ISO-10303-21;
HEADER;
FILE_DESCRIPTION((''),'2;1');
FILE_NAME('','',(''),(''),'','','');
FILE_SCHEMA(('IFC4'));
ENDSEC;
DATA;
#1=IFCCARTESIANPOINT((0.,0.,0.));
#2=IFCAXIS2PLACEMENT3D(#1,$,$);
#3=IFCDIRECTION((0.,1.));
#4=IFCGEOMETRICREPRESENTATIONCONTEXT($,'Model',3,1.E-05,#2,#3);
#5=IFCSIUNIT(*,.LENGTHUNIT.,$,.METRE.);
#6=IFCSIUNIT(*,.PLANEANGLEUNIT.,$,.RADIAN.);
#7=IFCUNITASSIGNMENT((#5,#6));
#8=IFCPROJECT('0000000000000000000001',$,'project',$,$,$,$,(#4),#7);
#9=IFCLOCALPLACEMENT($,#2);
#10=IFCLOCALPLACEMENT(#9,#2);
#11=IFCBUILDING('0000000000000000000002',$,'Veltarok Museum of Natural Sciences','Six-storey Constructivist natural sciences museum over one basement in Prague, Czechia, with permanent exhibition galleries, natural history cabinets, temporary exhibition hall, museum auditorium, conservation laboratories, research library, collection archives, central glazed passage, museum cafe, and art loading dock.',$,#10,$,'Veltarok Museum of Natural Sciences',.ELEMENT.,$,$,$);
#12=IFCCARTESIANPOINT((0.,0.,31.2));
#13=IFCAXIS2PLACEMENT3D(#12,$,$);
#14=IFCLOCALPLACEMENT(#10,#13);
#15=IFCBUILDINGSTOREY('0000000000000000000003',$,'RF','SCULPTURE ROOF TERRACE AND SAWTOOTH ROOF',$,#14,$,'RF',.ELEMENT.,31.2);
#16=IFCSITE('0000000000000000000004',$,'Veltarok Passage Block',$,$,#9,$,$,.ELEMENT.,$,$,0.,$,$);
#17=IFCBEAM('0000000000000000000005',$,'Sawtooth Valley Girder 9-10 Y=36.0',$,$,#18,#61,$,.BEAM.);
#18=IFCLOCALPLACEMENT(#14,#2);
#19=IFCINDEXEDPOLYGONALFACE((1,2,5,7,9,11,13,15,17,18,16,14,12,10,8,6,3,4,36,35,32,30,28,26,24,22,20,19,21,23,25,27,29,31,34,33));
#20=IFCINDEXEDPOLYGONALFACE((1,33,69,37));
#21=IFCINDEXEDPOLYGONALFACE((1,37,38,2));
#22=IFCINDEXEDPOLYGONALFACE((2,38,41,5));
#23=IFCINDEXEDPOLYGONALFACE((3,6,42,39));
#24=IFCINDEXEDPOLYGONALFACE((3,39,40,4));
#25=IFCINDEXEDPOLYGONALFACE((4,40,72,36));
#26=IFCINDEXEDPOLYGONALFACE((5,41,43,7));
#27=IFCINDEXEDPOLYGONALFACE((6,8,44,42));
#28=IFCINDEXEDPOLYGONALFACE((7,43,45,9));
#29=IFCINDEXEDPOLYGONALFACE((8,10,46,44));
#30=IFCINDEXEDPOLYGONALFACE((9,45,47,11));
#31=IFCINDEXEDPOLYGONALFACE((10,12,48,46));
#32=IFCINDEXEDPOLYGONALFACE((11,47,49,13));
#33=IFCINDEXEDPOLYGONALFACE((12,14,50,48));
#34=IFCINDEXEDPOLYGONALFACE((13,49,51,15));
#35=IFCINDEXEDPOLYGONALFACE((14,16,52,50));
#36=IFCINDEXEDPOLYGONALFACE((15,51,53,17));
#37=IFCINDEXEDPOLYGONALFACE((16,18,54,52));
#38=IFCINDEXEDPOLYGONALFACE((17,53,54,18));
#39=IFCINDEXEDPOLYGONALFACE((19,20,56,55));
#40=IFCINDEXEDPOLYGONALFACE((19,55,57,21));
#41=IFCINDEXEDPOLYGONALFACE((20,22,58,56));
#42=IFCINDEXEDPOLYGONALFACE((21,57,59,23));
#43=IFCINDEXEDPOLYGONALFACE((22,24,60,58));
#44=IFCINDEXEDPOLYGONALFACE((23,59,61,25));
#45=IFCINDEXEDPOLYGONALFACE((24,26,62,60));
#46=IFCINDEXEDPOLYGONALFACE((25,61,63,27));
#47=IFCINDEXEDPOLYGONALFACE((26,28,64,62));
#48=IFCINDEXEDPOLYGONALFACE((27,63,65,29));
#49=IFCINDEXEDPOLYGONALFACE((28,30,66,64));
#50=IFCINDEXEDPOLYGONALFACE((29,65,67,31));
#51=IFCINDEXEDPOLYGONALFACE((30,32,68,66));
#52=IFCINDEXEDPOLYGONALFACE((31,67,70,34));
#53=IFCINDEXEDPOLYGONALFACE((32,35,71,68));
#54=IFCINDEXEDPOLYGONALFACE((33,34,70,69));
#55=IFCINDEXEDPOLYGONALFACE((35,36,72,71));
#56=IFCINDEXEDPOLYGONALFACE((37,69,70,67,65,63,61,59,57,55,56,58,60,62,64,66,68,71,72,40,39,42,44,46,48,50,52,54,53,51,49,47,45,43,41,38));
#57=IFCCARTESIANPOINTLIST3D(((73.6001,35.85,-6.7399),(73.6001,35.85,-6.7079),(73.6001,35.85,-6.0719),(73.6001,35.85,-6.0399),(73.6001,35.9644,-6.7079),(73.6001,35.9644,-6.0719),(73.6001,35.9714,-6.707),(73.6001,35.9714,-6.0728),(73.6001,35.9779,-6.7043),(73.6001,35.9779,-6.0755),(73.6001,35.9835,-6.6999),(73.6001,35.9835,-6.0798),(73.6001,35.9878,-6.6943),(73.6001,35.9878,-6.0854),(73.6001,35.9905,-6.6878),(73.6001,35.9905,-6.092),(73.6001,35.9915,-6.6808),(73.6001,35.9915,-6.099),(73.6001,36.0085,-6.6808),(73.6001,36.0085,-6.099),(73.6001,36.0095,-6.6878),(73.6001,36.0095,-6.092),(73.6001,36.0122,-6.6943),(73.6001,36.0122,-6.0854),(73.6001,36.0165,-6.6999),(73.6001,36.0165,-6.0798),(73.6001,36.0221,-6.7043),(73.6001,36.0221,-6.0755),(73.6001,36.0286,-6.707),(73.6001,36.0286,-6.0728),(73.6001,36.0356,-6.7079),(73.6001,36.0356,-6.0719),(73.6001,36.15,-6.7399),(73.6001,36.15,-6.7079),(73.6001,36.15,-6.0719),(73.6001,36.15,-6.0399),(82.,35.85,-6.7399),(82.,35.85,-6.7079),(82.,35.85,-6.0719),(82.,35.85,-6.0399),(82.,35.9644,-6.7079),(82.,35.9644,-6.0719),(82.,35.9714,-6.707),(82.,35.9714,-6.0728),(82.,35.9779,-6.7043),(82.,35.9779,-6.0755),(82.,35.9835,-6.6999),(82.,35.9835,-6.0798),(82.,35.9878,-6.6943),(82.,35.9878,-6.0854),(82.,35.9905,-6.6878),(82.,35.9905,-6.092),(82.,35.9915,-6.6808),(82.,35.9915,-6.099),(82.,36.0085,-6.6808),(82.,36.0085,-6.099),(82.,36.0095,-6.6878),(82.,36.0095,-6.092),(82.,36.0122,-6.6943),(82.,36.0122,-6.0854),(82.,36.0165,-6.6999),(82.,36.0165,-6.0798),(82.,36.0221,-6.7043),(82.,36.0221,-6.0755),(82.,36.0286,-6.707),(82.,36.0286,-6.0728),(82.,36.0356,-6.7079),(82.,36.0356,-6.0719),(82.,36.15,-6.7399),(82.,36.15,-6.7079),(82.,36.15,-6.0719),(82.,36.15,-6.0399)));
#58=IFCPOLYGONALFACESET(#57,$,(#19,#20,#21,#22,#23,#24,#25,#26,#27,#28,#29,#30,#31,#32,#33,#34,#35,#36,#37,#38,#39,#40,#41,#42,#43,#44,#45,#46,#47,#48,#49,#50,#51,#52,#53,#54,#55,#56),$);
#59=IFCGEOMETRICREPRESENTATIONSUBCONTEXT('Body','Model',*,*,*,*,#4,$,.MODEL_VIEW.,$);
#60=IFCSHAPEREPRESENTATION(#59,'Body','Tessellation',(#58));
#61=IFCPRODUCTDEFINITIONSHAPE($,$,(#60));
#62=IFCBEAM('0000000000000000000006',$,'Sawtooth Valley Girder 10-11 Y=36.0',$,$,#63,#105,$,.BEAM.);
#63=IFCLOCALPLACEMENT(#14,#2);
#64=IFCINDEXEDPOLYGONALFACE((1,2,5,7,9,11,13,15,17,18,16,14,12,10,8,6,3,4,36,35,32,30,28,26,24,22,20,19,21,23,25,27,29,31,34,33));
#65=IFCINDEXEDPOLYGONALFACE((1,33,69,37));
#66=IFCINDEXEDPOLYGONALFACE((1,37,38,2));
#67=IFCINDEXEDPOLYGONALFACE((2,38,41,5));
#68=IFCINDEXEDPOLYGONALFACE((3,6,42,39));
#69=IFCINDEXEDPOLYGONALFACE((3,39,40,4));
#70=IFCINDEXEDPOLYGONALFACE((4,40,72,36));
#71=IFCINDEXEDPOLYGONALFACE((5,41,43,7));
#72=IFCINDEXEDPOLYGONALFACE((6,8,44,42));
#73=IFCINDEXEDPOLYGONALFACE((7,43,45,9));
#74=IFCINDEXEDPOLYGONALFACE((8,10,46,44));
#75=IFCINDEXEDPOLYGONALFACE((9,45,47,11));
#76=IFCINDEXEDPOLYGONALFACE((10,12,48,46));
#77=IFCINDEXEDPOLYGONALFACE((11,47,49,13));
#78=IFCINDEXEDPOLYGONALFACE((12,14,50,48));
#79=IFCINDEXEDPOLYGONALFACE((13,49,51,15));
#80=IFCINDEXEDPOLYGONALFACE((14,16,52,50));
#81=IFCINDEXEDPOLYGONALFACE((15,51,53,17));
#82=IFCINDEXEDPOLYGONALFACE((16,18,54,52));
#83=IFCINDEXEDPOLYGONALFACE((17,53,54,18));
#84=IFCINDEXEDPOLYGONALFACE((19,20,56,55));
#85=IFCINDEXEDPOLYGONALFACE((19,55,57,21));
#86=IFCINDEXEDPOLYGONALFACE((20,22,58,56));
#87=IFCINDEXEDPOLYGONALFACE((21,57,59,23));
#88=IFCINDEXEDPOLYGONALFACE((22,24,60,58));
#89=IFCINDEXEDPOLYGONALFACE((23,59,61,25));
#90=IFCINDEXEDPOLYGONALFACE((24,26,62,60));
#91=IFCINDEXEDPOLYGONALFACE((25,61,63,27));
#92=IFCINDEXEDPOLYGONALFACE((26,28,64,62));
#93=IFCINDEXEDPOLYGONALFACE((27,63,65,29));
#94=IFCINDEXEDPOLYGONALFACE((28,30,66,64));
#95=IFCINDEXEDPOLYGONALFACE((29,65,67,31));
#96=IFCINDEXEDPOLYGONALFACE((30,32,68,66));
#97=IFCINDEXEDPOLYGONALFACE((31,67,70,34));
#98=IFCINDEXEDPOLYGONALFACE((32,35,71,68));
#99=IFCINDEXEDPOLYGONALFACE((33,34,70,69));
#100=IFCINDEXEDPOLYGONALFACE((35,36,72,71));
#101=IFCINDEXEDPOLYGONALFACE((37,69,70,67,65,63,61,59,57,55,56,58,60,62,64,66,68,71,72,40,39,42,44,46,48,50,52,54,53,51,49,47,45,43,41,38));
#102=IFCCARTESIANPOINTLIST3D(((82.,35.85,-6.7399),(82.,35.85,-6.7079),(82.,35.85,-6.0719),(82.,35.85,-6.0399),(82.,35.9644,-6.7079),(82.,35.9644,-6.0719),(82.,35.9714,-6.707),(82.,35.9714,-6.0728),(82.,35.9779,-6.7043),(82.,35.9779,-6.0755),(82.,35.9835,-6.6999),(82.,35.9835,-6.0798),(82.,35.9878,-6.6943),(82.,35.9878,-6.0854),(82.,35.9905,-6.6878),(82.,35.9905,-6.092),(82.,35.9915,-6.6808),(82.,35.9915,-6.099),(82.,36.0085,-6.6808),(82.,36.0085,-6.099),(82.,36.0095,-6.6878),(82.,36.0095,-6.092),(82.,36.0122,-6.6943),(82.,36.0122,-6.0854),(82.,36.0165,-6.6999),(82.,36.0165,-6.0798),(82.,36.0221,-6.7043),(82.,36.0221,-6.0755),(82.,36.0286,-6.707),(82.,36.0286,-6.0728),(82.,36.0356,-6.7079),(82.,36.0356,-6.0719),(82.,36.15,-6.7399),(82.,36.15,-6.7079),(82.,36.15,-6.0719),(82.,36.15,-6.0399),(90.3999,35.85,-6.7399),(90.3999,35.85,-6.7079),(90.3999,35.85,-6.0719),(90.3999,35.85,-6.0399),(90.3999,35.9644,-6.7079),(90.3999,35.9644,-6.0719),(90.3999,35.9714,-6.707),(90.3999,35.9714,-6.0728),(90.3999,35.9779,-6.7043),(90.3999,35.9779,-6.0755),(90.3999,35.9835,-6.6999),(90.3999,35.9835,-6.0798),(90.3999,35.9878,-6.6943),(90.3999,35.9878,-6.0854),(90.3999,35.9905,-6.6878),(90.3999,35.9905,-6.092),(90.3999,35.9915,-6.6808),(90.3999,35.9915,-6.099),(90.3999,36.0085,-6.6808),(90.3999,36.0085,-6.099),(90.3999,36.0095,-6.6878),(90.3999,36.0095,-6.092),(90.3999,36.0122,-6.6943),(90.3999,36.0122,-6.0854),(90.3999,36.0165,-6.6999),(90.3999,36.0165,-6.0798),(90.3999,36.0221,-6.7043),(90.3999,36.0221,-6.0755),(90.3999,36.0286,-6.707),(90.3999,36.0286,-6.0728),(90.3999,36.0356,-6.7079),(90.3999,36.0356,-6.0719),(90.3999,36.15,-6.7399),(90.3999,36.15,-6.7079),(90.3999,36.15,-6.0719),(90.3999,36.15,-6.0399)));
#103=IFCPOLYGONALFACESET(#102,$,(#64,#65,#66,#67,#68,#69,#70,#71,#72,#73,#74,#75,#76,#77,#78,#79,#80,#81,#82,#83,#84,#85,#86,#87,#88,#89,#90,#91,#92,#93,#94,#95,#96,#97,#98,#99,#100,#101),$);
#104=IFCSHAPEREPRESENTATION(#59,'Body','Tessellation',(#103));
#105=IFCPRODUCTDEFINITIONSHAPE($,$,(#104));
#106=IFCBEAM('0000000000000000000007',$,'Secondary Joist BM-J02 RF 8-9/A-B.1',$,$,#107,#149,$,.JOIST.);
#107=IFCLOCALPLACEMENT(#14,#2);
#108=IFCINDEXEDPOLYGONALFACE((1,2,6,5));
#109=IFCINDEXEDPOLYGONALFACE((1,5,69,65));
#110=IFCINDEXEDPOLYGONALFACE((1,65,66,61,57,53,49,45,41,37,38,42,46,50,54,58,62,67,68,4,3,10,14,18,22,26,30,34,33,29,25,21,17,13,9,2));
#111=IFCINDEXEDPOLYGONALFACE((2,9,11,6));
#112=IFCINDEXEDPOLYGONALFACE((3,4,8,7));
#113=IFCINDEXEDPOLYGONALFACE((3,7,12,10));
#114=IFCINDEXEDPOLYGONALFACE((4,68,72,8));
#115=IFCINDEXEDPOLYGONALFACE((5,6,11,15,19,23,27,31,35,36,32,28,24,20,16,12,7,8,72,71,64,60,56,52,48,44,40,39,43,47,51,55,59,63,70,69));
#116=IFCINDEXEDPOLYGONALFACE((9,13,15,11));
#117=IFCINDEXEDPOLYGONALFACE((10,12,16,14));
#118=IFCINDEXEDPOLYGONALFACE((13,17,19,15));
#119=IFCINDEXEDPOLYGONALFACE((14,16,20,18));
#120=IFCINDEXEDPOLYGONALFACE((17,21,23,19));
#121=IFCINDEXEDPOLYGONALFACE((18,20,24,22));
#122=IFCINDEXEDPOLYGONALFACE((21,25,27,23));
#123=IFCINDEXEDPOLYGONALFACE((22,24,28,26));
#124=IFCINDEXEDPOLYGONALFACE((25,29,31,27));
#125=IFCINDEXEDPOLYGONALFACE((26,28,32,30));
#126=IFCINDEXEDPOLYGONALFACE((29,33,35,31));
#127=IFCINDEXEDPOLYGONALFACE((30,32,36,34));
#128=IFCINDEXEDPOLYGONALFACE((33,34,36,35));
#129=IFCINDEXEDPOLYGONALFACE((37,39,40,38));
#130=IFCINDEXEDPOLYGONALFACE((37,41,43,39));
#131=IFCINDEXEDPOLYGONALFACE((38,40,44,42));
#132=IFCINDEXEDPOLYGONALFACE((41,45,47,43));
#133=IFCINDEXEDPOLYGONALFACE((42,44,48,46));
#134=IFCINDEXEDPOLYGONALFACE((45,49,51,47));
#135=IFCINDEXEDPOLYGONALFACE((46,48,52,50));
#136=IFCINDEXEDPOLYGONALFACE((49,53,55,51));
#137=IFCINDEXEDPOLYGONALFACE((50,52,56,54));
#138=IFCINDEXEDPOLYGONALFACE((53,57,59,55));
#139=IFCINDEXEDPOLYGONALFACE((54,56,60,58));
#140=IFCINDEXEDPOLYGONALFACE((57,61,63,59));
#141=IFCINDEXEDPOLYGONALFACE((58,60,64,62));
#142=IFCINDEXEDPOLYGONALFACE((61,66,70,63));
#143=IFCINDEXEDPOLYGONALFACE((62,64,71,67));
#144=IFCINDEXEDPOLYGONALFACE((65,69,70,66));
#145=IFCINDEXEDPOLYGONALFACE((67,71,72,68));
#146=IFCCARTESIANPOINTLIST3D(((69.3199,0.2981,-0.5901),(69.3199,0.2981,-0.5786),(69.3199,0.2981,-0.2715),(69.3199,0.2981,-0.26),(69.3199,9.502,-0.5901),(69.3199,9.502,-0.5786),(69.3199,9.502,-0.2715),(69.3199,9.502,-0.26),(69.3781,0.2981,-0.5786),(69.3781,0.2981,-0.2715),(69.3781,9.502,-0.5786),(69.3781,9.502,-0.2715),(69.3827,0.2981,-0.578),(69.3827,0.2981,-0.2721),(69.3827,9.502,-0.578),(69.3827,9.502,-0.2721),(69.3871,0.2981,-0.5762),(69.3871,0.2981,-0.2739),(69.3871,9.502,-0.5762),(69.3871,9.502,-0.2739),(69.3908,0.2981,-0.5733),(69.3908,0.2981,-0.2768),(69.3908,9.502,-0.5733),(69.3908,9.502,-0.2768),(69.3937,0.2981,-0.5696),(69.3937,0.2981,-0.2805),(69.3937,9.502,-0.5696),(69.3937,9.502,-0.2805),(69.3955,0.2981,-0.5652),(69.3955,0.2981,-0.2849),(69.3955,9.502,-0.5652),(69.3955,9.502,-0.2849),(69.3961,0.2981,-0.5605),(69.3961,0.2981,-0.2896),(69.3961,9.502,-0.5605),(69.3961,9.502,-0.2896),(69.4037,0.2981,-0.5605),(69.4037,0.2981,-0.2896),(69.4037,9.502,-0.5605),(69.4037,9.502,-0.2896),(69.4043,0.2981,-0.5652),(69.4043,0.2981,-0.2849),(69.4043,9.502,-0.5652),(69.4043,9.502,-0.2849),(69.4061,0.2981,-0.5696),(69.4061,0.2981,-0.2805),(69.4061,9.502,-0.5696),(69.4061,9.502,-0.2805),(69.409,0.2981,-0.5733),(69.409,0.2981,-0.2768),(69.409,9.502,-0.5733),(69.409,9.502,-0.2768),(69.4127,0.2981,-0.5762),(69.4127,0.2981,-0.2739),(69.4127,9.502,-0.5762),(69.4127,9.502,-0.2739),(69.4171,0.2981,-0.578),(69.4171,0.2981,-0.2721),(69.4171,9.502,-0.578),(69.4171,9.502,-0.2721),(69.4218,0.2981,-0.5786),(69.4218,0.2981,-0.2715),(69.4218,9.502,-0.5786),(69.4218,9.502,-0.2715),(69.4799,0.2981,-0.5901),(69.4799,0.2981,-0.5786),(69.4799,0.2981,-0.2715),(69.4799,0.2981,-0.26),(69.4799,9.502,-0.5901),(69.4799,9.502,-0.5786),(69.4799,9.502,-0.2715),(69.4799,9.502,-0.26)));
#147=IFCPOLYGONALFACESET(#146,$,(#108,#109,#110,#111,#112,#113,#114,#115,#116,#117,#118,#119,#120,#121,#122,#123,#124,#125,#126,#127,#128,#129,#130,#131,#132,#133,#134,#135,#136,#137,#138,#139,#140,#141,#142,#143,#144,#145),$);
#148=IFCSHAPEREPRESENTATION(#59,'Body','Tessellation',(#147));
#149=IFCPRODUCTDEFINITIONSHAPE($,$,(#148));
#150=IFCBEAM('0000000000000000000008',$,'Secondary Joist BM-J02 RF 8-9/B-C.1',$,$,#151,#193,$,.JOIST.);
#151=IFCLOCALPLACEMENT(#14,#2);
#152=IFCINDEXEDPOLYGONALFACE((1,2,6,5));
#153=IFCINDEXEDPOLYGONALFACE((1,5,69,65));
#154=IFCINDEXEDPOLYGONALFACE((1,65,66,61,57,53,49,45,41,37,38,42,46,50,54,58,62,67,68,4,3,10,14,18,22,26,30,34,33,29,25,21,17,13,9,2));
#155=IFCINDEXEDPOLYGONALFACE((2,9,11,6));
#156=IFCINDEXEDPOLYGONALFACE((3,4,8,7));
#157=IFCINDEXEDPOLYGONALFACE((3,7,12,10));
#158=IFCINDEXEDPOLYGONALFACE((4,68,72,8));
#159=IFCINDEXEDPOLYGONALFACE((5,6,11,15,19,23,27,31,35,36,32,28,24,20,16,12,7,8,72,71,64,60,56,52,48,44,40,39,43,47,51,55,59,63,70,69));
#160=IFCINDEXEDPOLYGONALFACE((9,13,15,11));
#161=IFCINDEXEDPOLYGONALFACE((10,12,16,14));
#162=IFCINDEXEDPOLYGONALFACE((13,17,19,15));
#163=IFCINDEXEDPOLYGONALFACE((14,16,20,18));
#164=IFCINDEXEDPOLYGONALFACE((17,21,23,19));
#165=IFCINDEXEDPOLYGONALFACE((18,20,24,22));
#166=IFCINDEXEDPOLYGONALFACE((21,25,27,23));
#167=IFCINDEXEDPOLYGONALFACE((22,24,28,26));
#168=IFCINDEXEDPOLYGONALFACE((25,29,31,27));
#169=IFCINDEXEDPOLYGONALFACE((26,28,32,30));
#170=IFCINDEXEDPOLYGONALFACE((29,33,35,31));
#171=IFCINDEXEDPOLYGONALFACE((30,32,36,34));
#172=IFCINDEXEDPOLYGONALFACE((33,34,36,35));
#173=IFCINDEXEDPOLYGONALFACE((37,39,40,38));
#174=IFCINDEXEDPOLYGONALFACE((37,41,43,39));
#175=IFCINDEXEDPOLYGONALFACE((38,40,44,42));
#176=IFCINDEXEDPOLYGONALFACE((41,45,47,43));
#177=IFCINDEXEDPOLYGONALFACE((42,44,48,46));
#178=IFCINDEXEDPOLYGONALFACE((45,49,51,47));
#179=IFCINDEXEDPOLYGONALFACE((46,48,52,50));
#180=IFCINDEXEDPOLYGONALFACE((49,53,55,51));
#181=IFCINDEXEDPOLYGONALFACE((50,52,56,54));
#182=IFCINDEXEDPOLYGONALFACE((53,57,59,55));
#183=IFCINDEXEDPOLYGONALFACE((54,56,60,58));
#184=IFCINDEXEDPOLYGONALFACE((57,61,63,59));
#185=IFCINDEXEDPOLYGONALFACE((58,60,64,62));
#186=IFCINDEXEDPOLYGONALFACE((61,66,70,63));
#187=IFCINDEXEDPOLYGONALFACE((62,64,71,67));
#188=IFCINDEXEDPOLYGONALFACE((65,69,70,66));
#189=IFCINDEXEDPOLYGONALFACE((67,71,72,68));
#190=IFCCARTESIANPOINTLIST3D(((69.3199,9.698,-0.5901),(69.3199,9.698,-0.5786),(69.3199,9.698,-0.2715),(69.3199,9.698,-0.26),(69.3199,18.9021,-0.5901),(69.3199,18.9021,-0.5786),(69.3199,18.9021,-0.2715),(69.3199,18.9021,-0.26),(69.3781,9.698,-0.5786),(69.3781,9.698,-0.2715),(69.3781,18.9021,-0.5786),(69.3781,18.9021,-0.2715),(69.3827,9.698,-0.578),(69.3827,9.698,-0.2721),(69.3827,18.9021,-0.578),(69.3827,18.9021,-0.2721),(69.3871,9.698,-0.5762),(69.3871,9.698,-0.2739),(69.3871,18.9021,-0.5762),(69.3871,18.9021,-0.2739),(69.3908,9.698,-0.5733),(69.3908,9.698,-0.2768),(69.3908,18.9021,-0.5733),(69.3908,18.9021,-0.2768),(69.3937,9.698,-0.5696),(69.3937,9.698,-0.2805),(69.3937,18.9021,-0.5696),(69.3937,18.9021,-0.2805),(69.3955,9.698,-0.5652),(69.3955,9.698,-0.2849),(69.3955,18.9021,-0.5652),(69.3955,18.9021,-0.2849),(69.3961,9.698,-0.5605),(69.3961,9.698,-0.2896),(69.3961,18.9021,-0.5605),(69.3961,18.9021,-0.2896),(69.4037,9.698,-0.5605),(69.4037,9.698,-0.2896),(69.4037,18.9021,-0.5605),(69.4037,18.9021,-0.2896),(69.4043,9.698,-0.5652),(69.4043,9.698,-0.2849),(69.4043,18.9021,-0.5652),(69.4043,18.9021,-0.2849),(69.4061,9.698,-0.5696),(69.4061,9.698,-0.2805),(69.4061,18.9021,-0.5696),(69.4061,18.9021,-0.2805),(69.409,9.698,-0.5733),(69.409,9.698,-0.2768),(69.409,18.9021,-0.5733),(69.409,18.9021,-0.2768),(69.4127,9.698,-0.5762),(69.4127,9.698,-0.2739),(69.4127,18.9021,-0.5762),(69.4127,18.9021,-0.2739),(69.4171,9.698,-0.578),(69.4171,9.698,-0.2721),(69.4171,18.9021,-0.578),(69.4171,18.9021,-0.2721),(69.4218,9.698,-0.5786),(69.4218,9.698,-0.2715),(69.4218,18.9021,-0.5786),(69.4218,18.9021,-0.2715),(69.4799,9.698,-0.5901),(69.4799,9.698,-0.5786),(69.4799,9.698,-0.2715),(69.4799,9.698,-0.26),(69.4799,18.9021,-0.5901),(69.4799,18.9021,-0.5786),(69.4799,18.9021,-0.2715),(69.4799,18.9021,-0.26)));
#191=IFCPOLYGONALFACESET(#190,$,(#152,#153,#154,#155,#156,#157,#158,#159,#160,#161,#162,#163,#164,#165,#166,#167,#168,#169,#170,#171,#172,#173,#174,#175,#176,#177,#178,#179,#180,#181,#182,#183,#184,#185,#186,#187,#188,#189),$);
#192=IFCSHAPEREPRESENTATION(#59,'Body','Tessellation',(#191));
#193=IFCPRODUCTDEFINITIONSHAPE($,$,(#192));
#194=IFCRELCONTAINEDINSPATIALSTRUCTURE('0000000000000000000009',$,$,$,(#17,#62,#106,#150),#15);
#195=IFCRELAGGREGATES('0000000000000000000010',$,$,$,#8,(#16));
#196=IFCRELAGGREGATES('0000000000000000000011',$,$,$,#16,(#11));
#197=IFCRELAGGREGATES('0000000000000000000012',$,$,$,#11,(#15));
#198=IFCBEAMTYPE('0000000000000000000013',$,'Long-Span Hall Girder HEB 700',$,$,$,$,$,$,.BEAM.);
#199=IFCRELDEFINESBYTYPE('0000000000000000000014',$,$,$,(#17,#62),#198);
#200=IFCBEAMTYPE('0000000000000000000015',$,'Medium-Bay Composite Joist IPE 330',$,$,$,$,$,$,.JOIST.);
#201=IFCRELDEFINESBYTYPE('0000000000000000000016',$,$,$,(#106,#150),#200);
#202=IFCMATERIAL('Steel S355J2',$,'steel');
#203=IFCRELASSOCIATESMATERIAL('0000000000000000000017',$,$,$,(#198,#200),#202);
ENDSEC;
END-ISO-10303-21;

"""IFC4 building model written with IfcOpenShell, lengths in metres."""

from ifc_helpers import new_model, si_unit, direction, frame, origin, origin_2d, place, context, subcontext, project, spatial, i_section, extrude, material, material_profile, profile_set, type_object, element, save


model = new_model("IFC4")

# Units and contexts
model_context = context("Model", 3, precision=1e-05, world=origin(), true_north=direction((0.0, 1.0)))
body_context = subcontext(model_context, "Body", "Model", "MODEL_VIEW")
ifc_project = project(units=[si_unit("LENGTHUNIT", "METRE"), si_unit("PLANEANGLEUNIT", "RADIAN")], contexts=[model_context])

# Site, building, storey
site_placement = place(None, origin())
site = spatial("IfcSite", under=ifc_project, at=site_placement, Name="Veltarok Passage Block", CompositionType="ELEMENT", RefElevation=0.0)
building_placement = place(site_placement, origin())
building = spatial("IfcBuilding", under=site, at=building_placement, Name="Veltarok Museum of Natural Sciences", Description="Six-storey Constructivist natural sciences museum over one basement in Prague, Czechia, with permanent exhibition galleries, natural history cabinets, temporary exhibition hall, museum auditorium, conservation laboratories, research library, collection archives, central glazed passage, museum cafe, and art loading dock.", LongName="Veltarok Museum of Natural Sciences", CompositionType="ELEMENT")
storey_placement = place(building_placement, frame((0.0, 0.0, 31.2)))
storey = spatial("IfcBuildingStorey", under=building, at=storey_placement, Name="RF", Description="SCULPTURE ROOF TERRACE AND SAWTOOTH ROOF", LongName="RF", CompositionType="ELEMENT", Elevation=31.2)

# Beams
ifc_material_1 = material(Name="Steel S355J2", Category="steel")
ifc_material_profile_1 = material_profile(ifc_material_1, i_section(OverallWidth=0.3, OverallDepth=0.7, WebThickness=0.0171, FlangeThickness=0.032, FilletRadius=0.0271, at=origin_2d()), Name="HEB 700")
ifc_profile_set_1 = profile_set([ifc_material_profile_1], Name="Steel S355J2")
beam_type_1 = type_object("IfcBeamType", Name="Long-Span Hall Girder HEB 700", PredefinedType="BEAM", material=ifc_profile_set_1)
for number, where, z_axis, x_axis, name in (
    (1, (73.6001, 36.0, -6.3899), (1.0, 0.0, 0.0), (0.0, 1.0, 0.0), "Sawtooth Valley Girder 9-10 Y=36.0"),
    (2, (82.0, 36.0, -6.3899), (1.0, 0.0, 0.0), (0.0, 1.0, 0.0), "Sawtooth Valley Girder 10-11 Y=36.0"),
):
    element("IfcBeam", number, at=place(storey_placement, frame(where, z_axis=z_axis, x_axis=x_axis)), inside=storey, type_object=beam_type_1, Name=name, PredefinedType="BEAM", context=body_context, shape_type="SweptSolid", body=[
        extrude(i_section(OverallWidth=0.3, OverallDepth=0.7, WebThickness=0.0171, FlangeThickness=0.032, FilletRadius=0.0271, at=origin_2d()), origin(), (0.0, 0.0, 1.0), 8.3999),
    ])
ifc_material_profile_2 = material_profile(ifc_material_1, i_section(OverallWidth=0.1599, OverallDepth=0.3301, WebThickness=0.0076, FlangeThickness=0.0115, FilletRadius=0.0181, at=origin_2d()), Name="IPE 330")
ifc_profile_set_2 = profile_set([ifc_material_profile_2], Name="Steel S355J2")
beam_type_2 = type_object("IfcBeamType", Name="Medium-Bay Composite Joist IPE 330", PredefinedType="JOIST", material=ifc_profile_set_2)
beam_1_placement = place(storey_placement, frame((69.3999, 0.2981, -0.425), z_axis=(0.0, 1.0, 0.0), x_axis=(-1.0, 0.0, 0.0)))
element("IfcBeam", 3, at=beam_1_placement, inside=storey, type_object=beam_type_2, Name="Secondary Joist BM-J02 RF 8-9/A-B.1", PredefinedType="JOIST", context=body_context, shape_type="SweptSolid", body=[
    extrude(i_section(OverallWidth=0.1599, OverallDepth=0.3301, WebThickness=0.0076, FlangeThickness=0.0115, FilletRadius=0.0181, at=origin_2d()), origin(), (0.0, 0.0, 1.0), 9.2039),
])
beam_2_placement = place(storey_placement, frame((69.3999, 9.698, -0.425), z_axis=(0.0, 1.0, 0.0), x_axis=(-1.0, 0.0, 0.0)))
element("IfcBeam", 4, at=beam_2_placement, inside=storey, type_object=beam_type_2, Name="Secondary Joist BM-J02 RF 8-9/B-C.1", PredefinedType="JOIST", context=body_context, shape_type="SweptSolid", body=[
    extrude(i_section(OverallWidth=0.1599, OverallDepth=0.3301, WebThickness=0.0076, FlangeThickness=0.0115, FilletRadius=0.0181, at=origin_2d()), origin(), (0.0, 0.0, 1.0), 9.2041),
])

save(model, "model.ifc")
